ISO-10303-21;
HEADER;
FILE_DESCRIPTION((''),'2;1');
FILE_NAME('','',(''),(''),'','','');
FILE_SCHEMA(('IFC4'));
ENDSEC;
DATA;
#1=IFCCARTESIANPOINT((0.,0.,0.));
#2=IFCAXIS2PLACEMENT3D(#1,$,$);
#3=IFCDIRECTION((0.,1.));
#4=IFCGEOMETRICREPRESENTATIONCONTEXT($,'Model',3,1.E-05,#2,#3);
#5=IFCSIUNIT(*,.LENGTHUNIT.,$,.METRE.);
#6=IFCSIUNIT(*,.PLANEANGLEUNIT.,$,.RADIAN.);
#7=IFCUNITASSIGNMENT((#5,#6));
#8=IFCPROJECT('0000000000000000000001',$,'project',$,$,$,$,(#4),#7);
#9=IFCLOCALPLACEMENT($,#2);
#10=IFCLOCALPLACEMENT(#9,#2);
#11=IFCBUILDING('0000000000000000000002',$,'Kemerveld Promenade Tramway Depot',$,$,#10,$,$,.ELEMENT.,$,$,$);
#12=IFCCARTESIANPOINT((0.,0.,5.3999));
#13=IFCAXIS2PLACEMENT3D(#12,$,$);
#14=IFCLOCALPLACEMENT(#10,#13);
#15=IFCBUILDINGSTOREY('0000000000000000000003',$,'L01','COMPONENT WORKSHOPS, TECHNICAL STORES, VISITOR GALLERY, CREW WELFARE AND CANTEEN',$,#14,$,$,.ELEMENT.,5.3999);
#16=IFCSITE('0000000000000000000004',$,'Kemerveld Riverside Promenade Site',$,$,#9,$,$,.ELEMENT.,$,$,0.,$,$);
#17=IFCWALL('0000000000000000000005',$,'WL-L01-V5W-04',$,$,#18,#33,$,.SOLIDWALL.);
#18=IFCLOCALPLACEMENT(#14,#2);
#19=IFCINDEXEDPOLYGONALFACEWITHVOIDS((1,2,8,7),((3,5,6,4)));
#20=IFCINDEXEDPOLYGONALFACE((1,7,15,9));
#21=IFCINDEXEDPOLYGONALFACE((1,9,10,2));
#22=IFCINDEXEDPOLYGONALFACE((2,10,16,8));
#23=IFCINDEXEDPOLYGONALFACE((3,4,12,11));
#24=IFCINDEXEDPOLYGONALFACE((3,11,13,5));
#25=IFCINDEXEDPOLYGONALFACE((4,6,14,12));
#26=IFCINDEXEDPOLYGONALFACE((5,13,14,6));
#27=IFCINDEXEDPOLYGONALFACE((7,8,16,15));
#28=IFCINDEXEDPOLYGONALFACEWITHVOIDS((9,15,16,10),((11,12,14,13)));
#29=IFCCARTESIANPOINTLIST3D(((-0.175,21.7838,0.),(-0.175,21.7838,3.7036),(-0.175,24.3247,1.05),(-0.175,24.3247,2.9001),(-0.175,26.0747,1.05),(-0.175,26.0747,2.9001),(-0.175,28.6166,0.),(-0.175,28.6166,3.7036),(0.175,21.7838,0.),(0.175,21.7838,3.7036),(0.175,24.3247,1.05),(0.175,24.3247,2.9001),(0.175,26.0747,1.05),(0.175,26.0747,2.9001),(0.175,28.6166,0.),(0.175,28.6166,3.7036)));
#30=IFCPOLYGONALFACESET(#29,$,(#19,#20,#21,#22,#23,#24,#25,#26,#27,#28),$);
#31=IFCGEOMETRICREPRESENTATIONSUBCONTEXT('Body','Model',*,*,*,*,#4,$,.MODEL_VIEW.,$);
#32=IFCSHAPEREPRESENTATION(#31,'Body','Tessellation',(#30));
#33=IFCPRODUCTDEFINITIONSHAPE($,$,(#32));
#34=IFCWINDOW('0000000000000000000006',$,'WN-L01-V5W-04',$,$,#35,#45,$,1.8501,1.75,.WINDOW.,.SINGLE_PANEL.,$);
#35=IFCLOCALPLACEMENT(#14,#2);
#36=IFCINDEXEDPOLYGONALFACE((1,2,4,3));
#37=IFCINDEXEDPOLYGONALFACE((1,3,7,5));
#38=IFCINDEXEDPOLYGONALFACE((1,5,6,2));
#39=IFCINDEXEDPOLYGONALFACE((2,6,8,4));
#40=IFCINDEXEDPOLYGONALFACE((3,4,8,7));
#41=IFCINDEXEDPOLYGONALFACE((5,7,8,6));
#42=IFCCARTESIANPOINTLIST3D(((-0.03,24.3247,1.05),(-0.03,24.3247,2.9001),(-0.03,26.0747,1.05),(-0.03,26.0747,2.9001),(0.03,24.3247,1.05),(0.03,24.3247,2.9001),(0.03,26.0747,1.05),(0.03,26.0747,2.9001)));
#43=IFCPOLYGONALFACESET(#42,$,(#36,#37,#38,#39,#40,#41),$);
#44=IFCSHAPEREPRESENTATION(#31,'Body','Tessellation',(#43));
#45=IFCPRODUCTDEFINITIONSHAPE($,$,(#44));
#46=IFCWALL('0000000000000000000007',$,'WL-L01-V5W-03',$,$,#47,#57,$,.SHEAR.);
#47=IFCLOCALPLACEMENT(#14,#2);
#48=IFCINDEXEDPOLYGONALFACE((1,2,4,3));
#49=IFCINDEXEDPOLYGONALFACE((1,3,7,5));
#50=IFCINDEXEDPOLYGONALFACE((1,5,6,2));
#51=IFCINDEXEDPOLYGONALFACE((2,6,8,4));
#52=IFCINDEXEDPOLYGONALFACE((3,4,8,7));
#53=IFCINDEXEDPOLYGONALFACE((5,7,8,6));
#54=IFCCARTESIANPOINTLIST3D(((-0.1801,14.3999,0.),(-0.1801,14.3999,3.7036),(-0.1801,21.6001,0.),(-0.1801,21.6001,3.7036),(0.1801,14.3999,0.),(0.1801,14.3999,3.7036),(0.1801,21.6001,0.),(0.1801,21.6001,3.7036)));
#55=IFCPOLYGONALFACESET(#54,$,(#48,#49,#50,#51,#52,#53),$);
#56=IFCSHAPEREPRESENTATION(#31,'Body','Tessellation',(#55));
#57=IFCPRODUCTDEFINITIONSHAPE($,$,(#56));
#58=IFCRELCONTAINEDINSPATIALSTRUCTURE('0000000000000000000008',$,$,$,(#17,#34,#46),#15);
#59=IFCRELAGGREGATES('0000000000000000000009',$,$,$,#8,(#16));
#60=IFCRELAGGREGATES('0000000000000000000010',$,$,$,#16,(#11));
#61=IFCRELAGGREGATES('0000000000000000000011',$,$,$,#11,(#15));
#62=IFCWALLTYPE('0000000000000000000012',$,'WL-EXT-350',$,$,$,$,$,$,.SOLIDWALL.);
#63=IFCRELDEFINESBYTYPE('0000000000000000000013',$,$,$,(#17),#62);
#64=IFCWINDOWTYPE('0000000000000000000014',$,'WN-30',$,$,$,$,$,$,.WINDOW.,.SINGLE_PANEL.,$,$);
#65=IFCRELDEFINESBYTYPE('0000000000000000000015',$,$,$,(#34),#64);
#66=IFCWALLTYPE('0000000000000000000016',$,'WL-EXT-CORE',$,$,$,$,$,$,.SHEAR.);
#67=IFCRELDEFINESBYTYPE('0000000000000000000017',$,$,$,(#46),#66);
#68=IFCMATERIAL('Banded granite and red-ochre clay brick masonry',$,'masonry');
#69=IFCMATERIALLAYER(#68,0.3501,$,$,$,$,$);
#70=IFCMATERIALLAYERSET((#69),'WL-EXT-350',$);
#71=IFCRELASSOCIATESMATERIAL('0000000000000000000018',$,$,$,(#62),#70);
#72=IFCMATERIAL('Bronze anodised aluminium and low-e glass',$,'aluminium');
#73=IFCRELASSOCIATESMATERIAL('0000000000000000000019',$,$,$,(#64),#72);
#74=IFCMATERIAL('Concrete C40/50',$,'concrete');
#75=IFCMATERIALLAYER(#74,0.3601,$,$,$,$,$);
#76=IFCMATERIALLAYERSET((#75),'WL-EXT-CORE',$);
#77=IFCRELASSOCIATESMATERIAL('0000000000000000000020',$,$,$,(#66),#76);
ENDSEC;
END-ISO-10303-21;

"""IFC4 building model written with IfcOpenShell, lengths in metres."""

from ifc_helpers import new_model, si_unit, direction, frame, frame_2d, origin, place, context, subcontext, project, spatial, rectangle, extrude, material, layer, layer_set, type_object, element, fill, save


model = new_model("IFC4")

# Units and contexts
model_context = context("Model", 3, precision=1e-05, world=origin(), true_north=direction((0.0, 1.0)))
body_context = subcontext(model_context, "Body", "Model", "MODEL_VIEW")
ifc_project = project(units=[si_unit("LENGTHUNIT", "METRE"), si_unit("PLANEANGLEUNIT", "RADIAN")], contexts=[model_context])

# Site, building, storey
site_placement = place(None, origin())
site = spatial("IfcSite", under=ifc_project, at=site_placement, Name="Kemerveld Riverside Promenade Site", CompositionType="ELEMENT", RefElevation=0.0)
building_placement = place(site_placement, origin())
building = spatial("IfcBuilding", under=site, at=building_placement, Name="Kemerveld Promenade Tramway Depot", CompositionType="ELEMENT")
storey_placement = place(building_placement, frame((0.0, 0.0, 5.3999)))
storey = spatial("IfcBuildingStorey", under=building, at=storey_placement, Name="L01", Description="COMPONENT WORKSHOPS, TECHNICAL STORES, VISITOR GALLERY, CREW WELFARE AND CANTEEN", CompositionType="ELEMENT", Elevation=5.3999)

# Wall, opening, window
ifc_material_1 = material(Name="Banded granite and red-ochre clay brick masonry", Category="masonry")
ifc_layer_1 = layer(ifc_material_1, 0.3501)
ifc_layer_set_1 = layer_set([ifc_layer_1], Name="WL-EXT-350")
wall_type_1 = type_object("IfcWallType", Name="WL-EXT-350", PredefinedType="SOLIDWALL", material=ifc_layer_set_1)
ifc_material_2 = material(Name="Bronze anodised aluminium and low-e glass", Category="aluminium")
wall_1_placement = place(storey_placement, frame((0.0, 21.7837, 0.0), z_axis=(0.0, 0.0, 1.0), x_axis=(0.0, 1.0, 0.0)))
wall_1 = element("IfcWall", 1, at=wall_1_placement, inside=storey, type_object=wall_type_1, Name="WL-L01-V5W-04", PredefinedType="SOLIDWALL", context=body_context, shape_type="SweptSolid", body=[
    extrude(rectangle(XDim=6.8328, YDim=0.3501, at=frame_2d((3.4165, 0.0))), origin(), (0.0, 0.0, 1.0), 3.7036),
])
opening_1_placement = place(wall_1_placement, frame((2.541, 0.0, 1.05)))
opening_1 = element("IfcOpeningElement", 2, at=opening_1_placement, cuts=wall_1, PredefinedType="OPENING", context=body_context, shape_type="SweptSolid", body=[
    extrude(rectangle(XDim=1.75, YDim=1.8501, at=frame_2d((0.875, 0.925))), frame((0.0, 0.1851, 0.0), z_axis=(0.0, -1.0, 0.0), x_axis=(1.0, 0.0, 0.0)), (0.0, 0.0, 1.0), 0.3701),
])
window_type_1 = type_object("IfcWindowType", Name="WN-30", PartitioningType="SINGLE_PANEL", PredefinedType="WINDOW", material=ifc_material_2)
window_1_placement = place(opening_1_placement, origin())
window_1 = element("IfcWindow", 3, at=window_1_placement, inside=storey, type_object=window_type_1, Name="WN-L01-V5W-04", OverallHeight=1.8501, OverallWidth=1.75, PartitioningType="SINGLE_PANEL", PredefinedType="WINDOW", context=body_context, shape_type="SweptSolid", body=[
    extrude(rectangle(XDim=1.75, YDim=1.8501, at=frame_2d((0.875, 0.925))), frame((0.0, 0.03, 0.0), z_axis=(0.0, -1.0, 0.0), x_axis=(1.0, 0.0, 0.0)), (0.0, 0.0, 1.0), 0.0601),
])
fill(opening_1, window_1)

# Wall
ifc_material_3 = material(Name="Concrete C40/50", Category="concrete")
ifc_layer_2 = layer(ifc_material_3, 0.3601)
ifc_layer_set_2 = layer_set([ifc_layer_2], Name="WL-EXT-CORE")
wall_type_2 = type_object("IfcWallType", Name="WL-EXT-CORE", PredefinedType="SHEAR", material=ifc_layer_set_2)
wall_2_placement = place(storey_placement, frame((0.0, 14.3999, 0.0), z_axis=(0.0, 0.0, 1.0), x_axis=(0.0, 1.0, 0.0)))
element("IfcWall", 4, at=wall_2_placement, inside=storey, type_object=wall_type_2, Name="WL-L01-V5W-03", PredefinedType="SHEAR", context=body_context, shape_type="SweptSolid", body=[
    extrude(rectangle(XDim=7.2002, YDim=0.3601, at=frame_2d((3.6001, 0.0))), origin(), (0.0, 0.0, 1.0), 3.7036),
])

save(model, "model.ifc")
